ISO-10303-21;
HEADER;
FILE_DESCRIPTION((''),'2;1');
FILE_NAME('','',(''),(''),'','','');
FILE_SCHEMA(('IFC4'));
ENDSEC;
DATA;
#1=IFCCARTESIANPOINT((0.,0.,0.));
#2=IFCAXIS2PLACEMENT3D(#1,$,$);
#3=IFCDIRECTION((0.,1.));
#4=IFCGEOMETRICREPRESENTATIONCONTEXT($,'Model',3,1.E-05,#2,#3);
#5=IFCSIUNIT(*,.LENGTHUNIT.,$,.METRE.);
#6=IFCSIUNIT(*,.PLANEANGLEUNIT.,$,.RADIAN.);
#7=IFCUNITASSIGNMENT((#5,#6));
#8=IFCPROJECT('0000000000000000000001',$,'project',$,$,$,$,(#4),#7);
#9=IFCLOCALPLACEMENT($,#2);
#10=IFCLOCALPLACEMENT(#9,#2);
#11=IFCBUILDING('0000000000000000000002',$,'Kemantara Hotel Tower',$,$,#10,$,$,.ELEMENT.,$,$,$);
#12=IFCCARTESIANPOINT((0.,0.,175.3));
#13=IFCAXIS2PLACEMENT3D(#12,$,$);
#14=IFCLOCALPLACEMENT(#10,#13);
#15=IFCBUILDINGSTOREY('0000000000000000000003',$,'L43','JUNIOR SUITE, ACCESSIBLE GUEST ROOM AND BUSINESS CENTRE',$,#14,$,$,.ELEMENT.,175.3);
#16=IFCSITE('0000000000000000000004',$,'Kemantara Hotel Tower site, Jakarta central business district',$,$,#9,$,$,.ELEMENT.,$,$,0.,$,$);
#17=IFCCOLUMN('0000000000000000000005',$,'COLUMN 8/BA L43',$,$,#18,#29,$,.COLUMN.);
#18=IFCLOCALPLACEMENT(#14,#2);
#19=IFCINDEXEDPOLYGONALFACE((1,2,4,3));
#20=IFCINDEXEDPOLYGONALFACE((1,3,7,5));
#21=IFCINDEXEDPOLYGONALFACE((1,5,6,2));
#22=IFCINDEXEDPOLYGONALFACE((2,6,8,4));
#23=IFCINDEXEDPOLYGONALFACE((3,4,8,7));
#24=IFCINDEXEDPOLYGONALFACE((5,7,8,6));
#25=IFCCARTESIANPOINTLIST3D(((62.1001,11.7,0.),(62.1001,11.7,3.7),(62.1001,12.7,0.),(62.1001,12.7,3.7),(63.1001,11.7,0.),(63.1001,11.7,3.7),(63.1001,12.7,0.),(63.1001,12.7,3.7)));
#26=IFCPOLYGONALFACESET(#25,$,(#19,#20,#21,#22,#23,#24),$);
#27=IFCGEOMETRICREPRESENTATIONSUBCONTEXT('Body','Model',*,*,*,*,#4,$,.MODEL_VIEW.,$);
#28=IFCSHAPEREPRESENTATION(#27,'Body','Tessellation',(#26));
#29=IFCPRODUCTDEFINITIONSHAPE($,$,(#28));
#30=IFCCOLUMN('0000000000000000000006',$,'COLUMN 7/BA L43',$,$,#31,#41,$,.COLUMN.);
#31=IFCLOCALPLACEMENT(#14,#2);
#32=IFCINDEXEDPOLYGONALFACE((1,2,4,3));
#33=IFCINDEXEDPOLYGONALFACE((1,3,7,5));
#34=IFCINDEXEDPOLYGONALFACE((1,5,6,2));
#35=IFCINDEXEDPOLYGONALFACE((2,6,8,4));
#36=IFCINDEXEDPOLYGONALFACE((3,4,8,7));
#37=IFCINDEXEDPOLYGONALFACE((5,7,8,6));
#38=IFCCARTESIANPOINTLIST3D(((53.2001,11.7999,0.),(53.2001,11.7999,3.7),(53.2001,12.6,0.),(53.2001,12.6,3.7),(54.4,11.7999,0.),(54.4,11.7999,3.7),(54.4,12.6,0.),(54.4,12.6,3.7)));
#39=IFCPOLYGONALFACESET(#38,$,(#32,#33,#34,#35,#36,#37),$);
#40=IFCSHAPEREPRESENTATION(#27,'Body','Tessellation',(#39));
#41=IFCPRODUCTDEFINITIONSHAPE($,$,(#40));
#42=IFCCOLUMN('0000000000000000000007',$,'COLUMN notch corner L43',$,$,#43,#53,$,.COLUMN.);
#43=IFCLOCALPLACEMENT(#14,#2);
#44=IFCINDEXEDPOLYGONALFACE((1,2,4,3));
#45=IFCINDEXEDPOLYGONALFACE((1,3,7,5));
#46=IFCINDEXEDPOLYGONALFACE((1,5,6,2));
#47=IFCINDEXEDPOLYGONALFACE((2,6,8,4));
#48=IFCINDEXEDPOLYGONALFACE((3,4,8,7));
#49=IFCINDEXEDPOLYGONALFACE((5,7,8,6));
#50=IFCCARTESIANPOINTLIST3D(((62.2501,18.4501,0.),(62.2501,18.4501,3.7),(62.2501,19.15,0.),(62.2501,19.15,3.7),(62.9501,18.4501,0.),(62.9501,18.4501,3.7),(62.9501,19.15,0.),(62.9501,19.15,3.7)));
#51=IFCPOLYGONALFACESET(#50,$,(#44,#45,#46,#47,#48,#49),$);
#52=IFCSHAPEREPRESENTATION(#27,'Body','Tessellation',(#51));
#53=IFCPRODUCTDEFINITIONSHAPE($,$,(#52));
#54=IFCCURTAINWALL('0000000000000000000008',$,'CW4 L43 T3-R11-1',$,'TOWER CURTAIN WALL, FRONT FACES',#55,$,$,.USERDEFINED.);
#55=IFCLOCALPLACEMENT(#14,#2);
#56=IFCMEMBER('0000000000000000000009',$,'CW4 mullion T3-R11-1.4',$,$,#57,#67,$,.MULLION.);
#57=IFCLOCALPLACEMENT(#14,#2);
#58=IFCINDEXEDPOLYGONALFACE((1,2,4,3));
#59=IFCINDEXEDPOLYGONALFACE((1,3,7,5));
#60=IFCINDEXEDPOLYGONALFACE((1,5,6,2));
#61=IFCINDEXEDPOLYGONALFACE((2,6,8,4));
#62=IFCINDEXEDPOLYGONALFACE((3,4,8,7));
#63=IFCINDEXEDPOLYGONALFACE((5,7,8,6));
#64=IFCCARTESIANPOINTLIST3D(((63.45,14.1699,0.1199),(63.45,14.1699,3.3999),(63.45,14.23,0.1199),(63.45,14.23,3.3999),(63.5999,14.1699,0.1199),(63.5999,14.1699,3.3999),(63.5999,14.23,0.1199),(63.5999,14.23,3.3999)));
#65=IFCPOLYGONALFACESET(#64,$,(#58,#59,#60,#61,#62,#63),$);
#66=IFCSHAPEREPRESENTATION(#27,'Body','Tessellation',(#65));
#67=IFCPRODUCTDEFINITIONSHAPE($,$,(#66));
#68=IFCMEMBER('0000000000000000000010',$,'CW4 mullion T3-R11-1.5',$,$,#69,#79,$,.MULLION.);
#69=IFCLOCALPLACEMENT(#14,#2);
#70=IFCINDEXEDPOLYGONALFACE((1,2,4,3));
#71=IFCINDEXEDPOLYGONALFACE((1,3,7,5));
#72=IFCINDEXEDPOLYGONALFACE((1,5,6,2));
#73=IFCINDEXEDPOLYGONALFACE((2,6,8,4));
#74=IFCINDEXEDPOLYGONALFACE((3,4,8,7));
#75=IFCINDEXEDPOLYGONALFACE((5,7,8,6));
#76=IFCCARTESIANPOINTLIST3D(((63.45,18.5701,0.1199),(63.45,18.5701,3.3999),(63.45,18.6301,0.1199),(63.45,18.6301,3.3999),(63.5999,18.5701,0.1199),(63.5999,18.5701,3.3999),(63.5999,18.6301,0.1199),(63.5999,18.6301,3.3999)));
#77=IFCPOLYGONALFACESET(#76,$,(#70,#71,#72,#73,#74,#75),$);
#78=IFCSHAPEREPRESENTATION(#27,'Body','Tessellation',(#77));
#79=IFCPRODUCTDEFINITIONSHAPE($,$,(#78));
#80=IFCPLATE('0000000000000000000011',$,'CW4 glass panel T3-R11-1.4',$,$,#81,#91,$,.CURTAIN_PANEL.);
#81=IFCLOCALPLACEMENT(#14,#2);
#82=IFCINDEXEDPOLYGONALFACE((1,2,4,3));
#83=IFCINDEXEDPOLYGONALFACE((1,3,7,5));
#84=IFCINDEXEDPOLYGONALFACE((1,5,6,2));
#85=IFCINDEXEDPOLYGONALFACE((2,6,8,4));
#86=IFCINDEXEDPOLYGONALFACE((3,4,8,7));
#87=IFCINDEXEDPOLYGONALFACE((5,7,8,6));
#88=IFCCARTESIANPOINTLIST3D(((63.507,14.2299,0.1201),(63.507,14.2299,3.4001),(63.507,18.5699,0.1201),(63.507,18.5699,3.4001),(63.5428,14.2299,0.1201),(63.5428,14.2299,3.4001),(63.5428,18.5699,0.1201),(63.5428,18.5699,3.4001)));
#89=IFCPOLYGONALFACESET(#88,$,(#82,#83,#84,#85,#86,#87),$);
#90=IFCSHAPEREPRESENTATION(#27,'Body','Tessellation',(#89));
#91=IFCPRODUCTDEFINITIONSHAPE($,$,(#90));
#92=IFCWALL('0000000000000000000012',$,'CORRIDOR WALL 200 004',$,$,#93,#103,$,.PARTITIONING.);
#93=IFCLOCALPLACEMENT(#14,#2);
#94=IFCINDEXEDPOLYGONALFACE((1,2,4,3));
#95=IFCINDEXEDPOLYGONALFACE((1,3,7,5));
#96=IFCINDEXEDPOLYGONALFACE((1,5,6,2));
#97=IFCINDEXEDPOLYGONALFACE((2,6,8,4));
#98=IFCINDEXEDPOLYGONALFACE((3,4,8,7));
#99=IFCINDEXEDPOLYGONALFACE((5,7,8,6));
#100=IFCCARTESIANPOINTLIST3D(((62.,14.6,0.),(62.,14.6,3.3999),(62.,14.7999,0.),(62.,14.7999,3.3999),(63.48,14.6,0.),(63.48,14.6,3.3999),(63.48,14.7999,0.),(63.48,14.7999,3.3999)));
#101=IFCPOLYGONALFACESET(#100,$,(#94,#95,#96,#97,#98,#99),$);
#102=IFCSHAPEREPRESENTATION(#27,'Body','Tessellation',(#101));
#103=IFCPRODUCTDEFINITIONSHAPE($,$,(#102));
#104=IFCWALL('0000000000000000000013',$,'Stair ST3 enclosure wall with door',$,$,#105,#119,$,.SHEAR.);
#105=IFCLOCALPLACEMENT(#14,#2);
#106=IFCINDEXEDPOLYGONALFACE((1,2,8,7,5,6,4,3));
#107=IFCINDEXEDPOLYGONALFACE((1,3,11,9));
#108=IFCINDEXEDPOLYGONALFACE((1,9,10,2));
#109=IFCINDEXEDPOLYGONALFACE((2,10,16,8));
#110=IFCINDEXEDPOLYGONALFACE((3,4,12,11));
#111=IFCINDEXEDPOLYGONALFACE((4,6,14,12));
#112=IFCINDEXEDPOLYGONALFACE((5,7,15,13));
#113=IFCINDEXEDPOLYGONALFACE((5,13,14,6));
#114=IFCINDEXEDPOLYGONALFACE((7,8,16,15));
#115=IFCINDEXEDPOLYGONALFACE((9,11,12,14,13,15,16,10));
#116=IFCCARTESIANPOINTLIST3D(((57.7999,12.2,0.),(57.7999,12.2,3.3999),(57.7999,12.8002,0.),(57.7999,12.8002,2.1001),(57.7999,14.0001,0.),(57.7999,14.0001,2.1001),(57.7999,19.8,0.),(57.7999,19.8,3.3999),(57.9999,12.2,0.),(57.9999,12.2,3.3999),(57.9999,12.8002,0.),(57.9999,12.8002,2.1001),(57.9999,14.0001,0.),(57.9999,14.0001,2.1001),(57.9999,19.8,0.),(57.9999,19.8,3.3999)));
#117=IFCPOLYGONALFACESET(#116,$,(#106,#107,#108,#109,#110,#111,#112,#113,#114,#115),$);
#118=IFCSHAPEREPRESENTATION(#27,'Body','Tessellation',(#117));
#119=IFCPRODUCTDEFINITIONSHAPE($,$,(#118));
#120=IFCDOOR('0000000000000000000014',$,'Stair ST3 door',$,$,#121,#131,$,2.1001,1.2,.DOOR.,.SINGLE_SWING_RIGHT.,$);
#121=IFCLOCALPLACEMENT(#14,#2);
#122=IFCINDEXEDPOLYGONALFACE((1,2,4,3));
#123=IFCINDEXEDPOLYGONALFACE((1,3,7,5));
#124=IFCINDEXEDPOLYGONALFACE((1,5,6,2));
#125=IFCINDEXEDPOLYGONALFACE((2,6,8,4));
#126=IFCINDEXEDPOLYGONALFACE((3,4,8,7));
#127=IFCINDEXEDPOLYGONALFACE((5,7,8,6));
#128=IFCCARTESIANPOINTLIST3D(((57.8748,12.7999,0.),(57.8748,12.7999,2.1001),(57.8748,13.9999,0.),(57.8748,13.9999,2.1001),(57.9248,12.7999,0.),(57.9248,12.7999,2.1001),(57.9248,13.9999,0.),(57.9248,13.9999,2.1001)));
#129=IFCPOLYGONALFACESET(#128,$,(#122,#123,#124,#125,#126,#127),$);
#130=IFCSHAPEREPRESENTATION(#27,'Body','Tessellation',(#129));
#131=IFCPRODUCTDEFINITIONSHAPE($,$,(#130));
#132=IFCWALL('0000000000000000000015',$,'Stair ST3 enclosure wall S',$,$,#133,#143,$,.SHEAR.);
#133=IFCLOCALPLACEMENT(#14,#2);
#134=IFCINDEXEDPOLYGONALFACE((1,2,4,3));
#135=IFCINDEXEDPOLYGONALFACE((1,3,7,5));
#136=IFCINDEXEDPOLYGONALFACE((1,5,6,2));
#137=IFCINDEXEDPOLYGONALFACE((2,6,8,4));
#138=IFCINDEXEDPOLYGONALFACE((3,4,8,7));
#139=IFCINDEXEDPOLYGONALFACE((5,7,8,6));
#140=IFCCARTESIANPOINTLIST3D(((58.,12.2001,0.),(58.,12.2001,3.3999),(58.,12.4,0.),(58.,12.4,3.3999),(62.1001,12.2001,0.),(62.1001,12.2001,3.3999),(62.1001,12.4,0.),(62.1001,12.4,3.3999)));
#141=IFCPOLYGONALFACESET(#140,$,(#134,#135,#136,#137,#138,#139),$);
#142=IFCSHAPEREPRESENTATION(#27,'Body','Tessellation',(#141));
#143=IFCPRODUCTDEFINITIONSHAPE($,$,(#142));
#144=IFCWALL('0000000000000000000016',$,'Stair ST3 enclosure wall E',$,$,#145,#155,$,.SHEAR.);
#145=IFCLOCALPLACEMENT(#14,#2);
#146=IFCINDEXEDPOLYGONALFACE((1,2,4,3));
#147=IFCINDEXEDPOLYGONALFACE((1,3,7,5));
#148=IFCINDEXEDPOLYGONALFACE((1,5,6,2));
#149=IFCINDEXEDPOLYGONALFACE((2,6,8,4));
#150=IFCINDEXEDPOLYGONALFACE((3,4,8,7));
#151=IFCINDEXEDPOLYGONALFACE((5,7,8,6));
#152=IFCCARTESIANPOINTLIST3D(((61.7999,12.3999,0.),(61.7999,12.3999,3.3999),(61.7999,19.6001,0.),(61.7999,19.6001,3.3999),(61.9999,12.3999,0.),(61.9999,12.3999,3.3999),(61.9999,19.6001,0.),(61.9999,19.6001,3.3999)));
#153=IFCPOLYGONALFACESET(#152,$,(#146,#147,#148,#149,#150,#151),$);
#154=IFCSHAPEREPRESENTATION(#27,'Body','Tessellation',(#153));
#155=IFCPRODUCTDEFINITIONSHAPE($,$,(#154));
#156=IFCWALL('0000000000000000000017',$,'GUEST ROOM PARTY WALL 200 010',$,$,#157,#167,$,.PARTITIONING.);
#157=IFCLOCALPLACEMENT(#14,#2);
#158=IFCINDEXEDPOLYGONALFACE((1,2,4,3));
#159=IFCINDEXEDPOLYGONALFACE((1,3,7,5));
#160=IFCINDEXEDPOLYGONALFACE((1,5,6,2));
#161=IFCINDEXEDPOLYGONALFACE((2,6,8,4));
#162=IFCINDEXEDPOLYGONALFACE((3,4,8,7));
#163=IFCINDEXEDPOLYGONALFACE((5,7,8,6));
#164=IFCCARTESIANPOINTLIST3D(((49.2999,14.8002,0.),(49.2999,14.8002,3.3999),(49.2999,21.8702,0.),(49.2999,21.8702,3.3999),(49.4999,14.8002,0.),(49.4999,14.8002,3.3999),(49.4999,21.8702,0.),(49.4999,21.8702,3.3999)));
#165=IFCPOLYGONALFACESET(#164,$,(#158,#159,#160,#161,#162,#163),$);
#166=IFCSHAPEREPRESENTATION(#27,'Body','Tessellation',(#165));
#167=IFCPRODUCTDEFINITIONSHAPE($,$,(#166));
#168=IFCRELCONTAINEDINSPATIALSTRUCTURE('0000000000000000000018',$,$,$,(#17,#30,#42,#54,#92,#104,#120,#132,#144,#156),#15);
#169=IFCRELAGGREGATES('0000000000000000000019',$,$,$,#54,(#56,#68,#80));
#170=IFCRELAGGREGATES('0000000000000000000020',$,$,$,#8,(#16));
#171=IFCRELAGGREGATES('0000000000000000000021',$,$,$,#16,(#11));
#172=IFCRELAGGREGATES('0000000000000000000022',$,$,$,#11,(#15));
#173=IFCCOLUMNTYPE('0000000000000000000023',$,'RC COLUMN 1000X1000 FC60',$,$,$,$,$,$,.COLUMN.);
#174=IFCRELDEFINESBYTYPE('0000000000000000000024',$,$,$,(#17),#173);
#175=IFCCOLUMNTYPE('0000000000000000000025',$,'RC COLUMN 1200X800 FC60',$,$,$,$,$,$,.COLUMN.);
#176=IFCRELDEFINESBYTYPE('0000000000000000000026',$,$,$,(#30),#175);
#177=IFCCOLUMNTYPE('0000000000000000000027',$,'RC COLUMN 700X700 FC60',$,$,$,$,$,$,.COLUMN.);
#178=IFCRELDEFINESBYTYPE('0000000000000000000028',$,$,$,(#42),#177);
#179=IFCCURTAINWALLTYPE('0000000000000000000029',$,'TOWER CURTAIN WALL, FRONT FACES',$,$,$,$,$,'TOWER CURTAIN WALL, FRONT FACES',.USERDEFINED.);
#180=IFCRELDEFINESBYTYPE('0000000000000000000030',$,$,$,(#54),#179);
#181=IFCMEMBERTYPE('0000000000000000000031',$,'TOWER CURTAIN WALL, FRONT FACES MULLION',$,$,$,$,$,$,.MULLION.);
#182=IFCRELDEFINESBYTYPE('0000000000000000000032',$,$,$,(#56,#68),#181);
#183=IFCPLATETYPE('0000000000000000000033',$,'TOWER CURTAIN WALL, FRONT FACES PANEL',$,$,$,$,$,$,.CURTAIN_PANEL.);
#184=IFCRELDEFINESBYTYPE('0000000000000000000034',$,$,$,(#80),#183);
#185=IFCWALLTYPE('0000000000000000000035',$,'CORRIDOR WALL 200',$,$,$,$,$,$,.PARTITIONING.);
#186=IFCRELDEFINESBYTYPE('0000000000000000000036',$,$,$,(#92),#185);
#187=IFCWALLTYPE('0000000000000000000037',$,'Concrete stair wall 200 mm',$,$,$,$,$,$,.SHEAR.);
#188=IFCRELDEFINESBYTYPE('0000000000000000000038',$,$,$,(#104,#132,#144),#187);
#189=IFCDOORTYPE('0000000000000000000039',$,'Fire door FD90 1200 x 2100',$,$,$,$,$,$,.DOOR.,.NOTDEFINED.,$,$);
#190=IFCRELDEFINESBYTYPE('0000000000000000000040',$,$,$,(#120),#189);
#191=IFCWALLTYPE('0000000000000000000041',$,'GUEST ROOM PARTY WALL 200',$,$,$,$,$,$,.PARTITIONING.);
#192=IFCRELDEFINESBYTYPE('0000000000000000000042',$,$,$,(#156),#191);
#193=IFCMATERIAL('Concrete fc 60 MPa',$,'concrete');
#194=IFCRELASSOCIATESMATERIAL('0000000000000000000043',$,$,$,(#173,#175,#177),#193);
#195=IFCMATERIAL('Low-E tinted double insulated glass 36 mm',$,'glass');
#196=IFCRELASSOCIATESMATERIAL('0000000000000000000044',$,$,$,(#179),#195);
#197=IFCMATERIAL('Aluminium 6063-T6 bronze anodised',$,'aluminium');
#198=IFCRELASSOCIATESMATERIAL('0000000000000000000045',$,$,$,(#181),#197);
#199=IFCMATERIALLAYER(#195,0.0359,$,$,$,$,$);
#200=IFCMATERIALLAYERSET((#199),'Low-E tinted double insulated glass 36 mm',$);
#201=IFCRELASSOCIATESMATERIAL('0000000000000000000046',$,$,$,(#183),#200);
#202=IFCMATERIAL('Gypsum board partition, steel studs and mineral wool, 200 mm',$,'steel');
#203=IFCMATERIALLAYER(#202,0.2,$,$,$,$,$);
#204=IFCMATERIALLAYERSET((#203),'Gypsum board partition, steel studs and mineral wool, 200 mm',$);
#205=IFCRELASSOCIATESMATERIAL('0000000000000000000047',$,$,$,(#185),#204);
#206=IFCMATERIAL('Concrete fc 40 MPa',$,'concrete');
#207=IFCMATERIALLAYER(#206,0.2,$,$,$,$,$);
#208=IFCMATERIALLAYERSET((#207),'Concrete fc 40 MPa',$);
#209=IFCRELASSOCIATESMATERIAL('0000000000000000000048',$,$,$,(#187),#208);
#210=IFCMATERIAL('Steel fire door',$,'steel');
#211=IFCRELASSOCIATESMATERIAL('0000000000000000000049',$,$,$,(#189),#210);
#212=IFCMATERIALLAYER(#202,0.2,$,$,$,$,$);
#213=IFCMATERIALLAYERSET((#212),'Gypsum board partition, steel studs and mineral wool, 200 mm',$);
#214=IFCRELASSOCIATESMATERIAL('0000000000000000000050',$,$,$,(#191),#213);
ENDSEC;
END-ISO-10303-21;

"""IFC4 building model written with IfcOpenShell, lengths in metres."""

from ifc_helpers import new_model, si_unit, direction, frame, frame_2d, origin, origin_2d, place, context, subcontext, project, spatial, rectangle, extrude, source, transform, mapped, material, layer, layer_set, material_profile, profile_set, type_object, element, fill, aggregate, save


model = new_model("IFC4")

# Units and contexts
model_context = context("Model", 3, precision=1e-05, world=origin(), true_north=direction((0.0, 1.0)))
body_context = subcontext(model_context, "Body", "Model", "MODEL_VIEW")
ifc_project = project(units=[si_unit("LENGTHUNIT", "METRE"), si_unit("PLANEANGLEUNIT", "RADIAN")], contexts=[model_context])

# Site, building, storey
site_placement = place(None, origin())
site = spatial("IfcSite", under=ifc_project, at=site_placement, Name="Kemantara Hotel Tower site, Jakarta central business district", CompositionType="ELEMENT", RefElevation=0.0)
building_placement = place(site_placement, origin())
building = spatial("IfcBuilding", under=site, at=building_placement, Name="Kemantara Hotel Tower", CompositionType="ELEMENT")
storey_placement = place(building_placement, frame((0.0, 0.0, 175.3)))
storey = spatial("IfcBuildingStorey", under=building, at=storey_placement, Name="L43", Description="JUNIOR SUITE, ACCESSIBLE GUEST ROOM AND BUSINESS CENTRE", CompositionType="ELEMENT", Elevation=175.3)

# Columns
ifc_material_1 = material(Name="Concrete fc 60 MPa", Category="concrete")
ifc_material_profile_1 = material_profile(ifc_material_1, rectangle(XDim=1.0, YDim=1.0, at=origin_2d()), Name="RC 1000X1000")
ifc_profile_set_1 = profile_set([ifc_material_profile_1], Name="Concrete fc 60 MPa")
column_type_1 = type_object("IfcColumnType", Name="RC COLUMN 1000X1000 FC60", PredefinedType="COLUMN", material=ifc_profile_set_1)
column_1_placement = place(storey_placement, frame((62.6001, 12.2, 0.0), z_axis=(0.0, 0.0, 1.0), x_axis=(1.0, 0.0, 0.0)))
element("IfcColumn", 1, at=column_1_placement, inside=storey, type_object=column_type_1, Name="COLUMN 8/BA L43", PredefinedType="COLUMN", context=body_context, shape_type="SweptSolid", body=[
    extrude(rectangle(XDim=1.0, YDim=1.0, at=origin_2d()), origin(), (0.0, 0.0, 1.0), 3.7),
])
ifc_material_profile_2 = material_profile(ifc_material_1, rectangle(XDim=1.2, YDim=0.8, at=origin_2d()), Name="RC 1200X800")
ifc_profile_set_2 = profile_set([ifc_material_profile_2], Name="Concrete fc 60 MPa")
column_type_2 = type_object("IfcColumnType", Name="RC COLUMN 1200X800 FC60", PredefinedType="COLUMN", material=ifc_profile_set_2)
column_2_placement = place(storey_placement, frame((53.8, 12.2, 0.0), z_axis=(0.0, 0.0, 1.0), x_axis=(1.0, 0.0, 0.0)))
element("IfcColumn", 2, at=column_2_placement, inside=storey, type_object=column_type_2, Name="COLUMN 7/BA L43", PredefinedType="COLUMN", context=body_context, shape_type="SweptSolid", body=[
    extrude(rectangle(XDim=1.2, YDim=0.8, at=origin_2d()), origin(), (0.0, 0.0, 1.0), 3.7),
])
ifc_material_profile_3 = material_profile(ifc_material_1, rectangle(XDim=0.7, YDim=0.7, at=origin_2d()), Name="RC 700X700")
ifc_profile_set_3 = profile_set([ifc_material_profile_3], Name="Concrete fc 60 MPa")
column_type_3 = type_object("IfcColumnType", Name="RC COLUMN 700X700 FC60", PredefinedType="COLUMN", material=ifc_profile_set_3)
column_3_placement = place(storey_placement, frame((62.6001, 18.8, 0.0), z_axis=(0.0, 0.0, 1.0), x_axis=(1.0, 0.0, 0.0)))
element("IfcColumn", 3, at=column_3_placement, inside=storey, type_object=column_type_3, Name="COLUMN notch corner L43", PredefinedType="COLUMN", context=body_context, shape_type="SweptSolid", body=[
    extrude(rectangle(XDim=0.7, YDim=0.7, at=origin_2d()), origin(), (0.0, 0.0, 1.0), 3.7),
])

# Curtain wall, members, plate
ifc_material_2 = material(Name="Low-E tinted double insulated glass 36 mm", Category="glass")
curtain_wall_type = type_object("IfcCurtainWallType", Name="TOWER CURTAIN WALL, FRONT FACES", ElementType="TOWER CURTAIN WALL, FRONT FACES", PredefinedType="USERDEFINED", material=ifc_material_2)
curtain_wall_placement = place(storey_placement, origin())
curtain_wall = element("IfcCurtainWall", 4, at=curtain_wall_placement, inside=storey, type_object=curtain_wall_type, Name="CW4 L43 T3-R11-1", ObjectType="TOWER CURTAIN WALL, FRONT FACES", PredefinedType="USERDEFINED")
ifc_material_3 = material(Name="Aluminium 6063-T6 bronze anodised", Category="aluminium")
ifc_material_profile_4 = material_profile(ifc_material_3, rectangle(XDim=0.1499, YDim=0.0601, at=origin_2d()), Name="TOWER CURTAIN WALL, FRONT FACES MULLION")
ifc_profile_set_4 = profile_set([ifc_material_profile_4], Name="Aluminium 6063-T6 bronze anodised")
member_type = type_object("IfcMemberType", Name="TOWER CURTAIN WALL, FRONT FACES MULLION", PredefinedType="MULLION", material=ifc_profile_set_4)
shared_shape_1 = source(origin(), body_context, "Body", "SweptSolid", [
    extrude(rectangle(XDim=0.1499, YDim=0.0601, at=origin_2d()), origin(), (0.0, 0.0, 1.0), 3.28),
])
member_1_placement = place(storey_placement, frame((63.5249, 14.2, 0.1199), z_axis=(0.0, 0.0, 1.0), x_axis=(-1.0, 0.0, 0.0)))
member_1 = element("IfcMember", 5, at=member_1_placement, type_object=member_type, Name="CW4 mullion T3-R11-1.4", PredefinedType="MULLION", context=body_context, shape_type="MappedRepresentation", body=[
    mapped(shared_shape_1, transform((0.0, 0.0, 0.0))),
])
member_2_placement = place(storey_placement, frame((63.5249, 18.6001, 0.1199), z_axis=(0.0, 0.0, 1.0), x_axis=(-1.0, 0.0, 0.0)))
member_2 = element("IfcMember", 6, at=member_2_placement, type_object=member_type, Name="CW4 mullion T3-R11-1.5", PredefinedType="MULLION", context=body_context, shape_type="MappedRepresentation", body=[
    mapped(shared_shape_1, transform((0.0, 0.0, 0.0))),
])
ifc_layer_1 = layer(ifc_material_2, 0.0359)
ifc_layer_set_1 = layer_set([ifc_layer_1], Name="Low-E tinted double insulated glass 36 mm")
plate_type = type_object("IfcPlateType", Name="TOWER CURTAIN WALL, FRONT FACES PANEL", PredefinedType="CURTAIN_PANEL", material=ifc_layer_set_1)
shared_shape_2 = source(origin(), body_context, "Body", "SweptSolid", [
    extrude(rectangle(XDim=4.3401, YDim=0.0359, at=origin_2d()), origin(), (0.0, 0.0, 1.0), 3.28),
])
plate_placement = place(storey_placement, frame((63.5249, 16.3999, 0.1201), z_axis=(0.0, 0.0, 1.0), x_axis=(0.0, 1.0, 0.0)))
plate = element("IfcPlate", 7, at=plate_placement, type_object=plate_type, Name="CW4 glass panel T3-R11-1.4", PredefinedType="CURTAIN_PANEL", context=body_context, shape_type="MappedRepresentation", body=[
    mapped(shared_shape_2, transform((0.0, 0.0, 0.0))),
])
aggregate(curtain_wall, [member_1, member_2, plate])

# Wall
ifc_material_4 = material(Name="Gypsum board partition, steel studs and mineral wool, 200 mm", Category="steel")
ifc_layer_2 = layer(ifc_material_4, 0.2)
ifc_layer_set_2 = layer_set([ifc_layer_2], Name="Gypsum board partition, steel studs and mineral wool, 200 mm")
wall_type_1 = type_object("IfcWallType", Name="CORRIDOR WALL 200", PredefinedType="PARTITIONING", material=ifc_layer_set_2)
wall_1_placement = place(storey_placement, frame((62.0, 14.7, 0.0), z_axis=(0.0, 0.0, 1.0), x_axis=(1.0, 0.0, 0.0)))
element("IfcWall", 8, at=wall_1_placement, inside=storey, type_object=wall_type_1, Name="CORRIDOR WALL 200 004", PredefinedType="PARTITIONING", context=body_context, shape_type="SweptSolid", body=[
    extrude(rectangle(XDim=1.48, YDim=0.2, at=frame_2d((0.74, 0.0))), origin(), (0.0, 0.0, 1.0), 3.3999),
])

# Wall, opening, door
ifc_material_5 = material(Name="Concrete fc 40 MPa", Category="concrete")
ifc_layer_3 = layer(ifc_material_5, 0.2)
ifc_layer_set_3 = layer_set([ifc_layer_3], Name="Concrete fc 40 MPa")
wall_type_2 = type_object("IfcWallType", Name="Concrete stair wall 200 mm", PredefinedType="SHEAR", material=ifc_layer_set_3)
wall_2_placement = place(storey_placement, frame((57.8999, 12.2, 0.0), z_axis=(0.0, 0.0, 1.0), x_axis=(0.0, 1.0, 0.0)))
wall_2 = element("IfcWall", 9, at=wall_2_placement, inside=storey, type_object=wall_type_2, Name="Stair ST3 enclosure wall with door", PredefinedType="SHEAR", context=body_context, shape_type="SweptSolid", body=[
    extrude(rectangle(XDim=7.6001, YDim=0.2, at=frame_2d((3.8, 0.0))), origin(), (0.0, 0.0, 1.0), 3.3999),
])
opening_1_placement = place(wall_2_placement, frame((0.6001, 0.0, 0.0)))
opening_1 = element("IfcOpeningElement", 10, at=opening_1_placement, cuts=wall_2, PredefinedType="OPENING", context=body_context, shape_type="SweptSolid", body=[
    extrude(rectangle(XDim=1.2, YDim=2.1001, at=frame_2d((0.6001, 1.05))), frame((0.0, 0.1099, 0.0), z_axis=(0.0, -1.0, 0.0), x_axis=(1.0, 0.0, 0.0)), (0.0, 0.0, 1.0), 0.22),
])
ifc_material_6 = material(Name="Steel fire door", Category="steel")
door_type_1 = type_object("IfcDoorType", Name="Fire door FD90 1200 x 2100", OperationType="NOTDEFINED", PredefinedType="DOOR", material=ifc_material_6)
door_1_placement = place(opening_1_placement, frame((1.2, 0.0, 0.0), z_axis=(0.0, 0.0, 1.0), x_axis=(-1.0, 0.0, 0.0)))
door_1 = element("IfcDoor", 11, at=door_1_placement, inside=storey, type_object=door_type_1, Name="Stair ST3 door", OperationType="SINGLE_SWING_RIGHT", OverallHeight=2.1001, OverallWidth=1.2, PredefinedType="DOOR", context=body_context, shape_type="SweptSolid", body=[
    extrude(rectangle(XDim=1.2, YDim=2.1001, at=frame_2d((0.6001, 1.05))), frame((0.0, 0.0249, 0.0), z_axis=(0.0, -1.0, 0.0), x_axis=(1.0, 0.0, 0.0)), (0.0, 0.0, 1.0), 0.05),
])
fill(opening_1, door_1)

# Walls
wall_3_placement = place(storey_placement, frame((58.0, 12.3, 0.0), z_axis=(0.0, 0.0, 1.0), x_axis=(1.0, 0.0, 0.0)))
element("IfcWall", 12, at=wall_3_placement, inside=storey, type_object=wall_type_2, Name="Stair ST3 enclosure wall S", PredefinedType="SHEAR", context=body_context, shape_type="SweptSolid", body=[
    extrude(rectangle(XDim=4.1001, YDim=0.2, at=frame_2d((2.05, 0.0))), origin(), (0.0, 0.0, 1.0), 3.3999),
])
wall_4_placement = place(storey_placement, frame((61.8999, 12.3999, 0.0), z_axis=(0.0, 0.0, 1.0), x_axis=(0.0, 1.0, 0.0)))
element("IfcWall", 13, at=wall_4_placement, inside=storey, type_object=wall_type_2, Name="Stair ST3 enclosure wall E", PredefinedType="SHEAR", context=body_context, shape_type="SweptSolid", body=[
    extrude(rectangle(XDim=7.2002, YDim=0.2, at=frame_2d((3.6001, 0.0))), origin(), (0.0, 0.0, 1.0), 3.3999),
])
ifc_layer_4 = layer(ifc_material_4, 0.2)
ifc_layer_set_4 = layer_set([ifc_layer_4], Name="Gypsum board partition, steel studs and mineral wool, 200 mm")
wall_type_3 = type_object("IfcWallType", Name="GUEST ROOM PARTY WALL 200", PredefinedType="PARTITIONING", material=ifc_layer_set_4)
wall_5_placement = place(storey_placement, frame((49.3999, 14.8, 0.0), z_axis=(0.0, 0.0, 1.0), x_axis=(0.0, 1.0, 0.0)))
element("IfcWall", 14, at=wall_5_placement, inside=storey, type_object=wall_type_3, Name="GUEST ROOM PARTY WALL 200 010", PredefinedType="PARTITIONING", context=body_context, shape_type="SweptSolid", body=[
    extrude(rectangle(XDim=7.0701, YDim=0.2, at=frame_2d((3.5352, 0.0))), origin(), (0.0, 0.0, 1.0), 3.3999),
])

save(model, "model.ifc")
